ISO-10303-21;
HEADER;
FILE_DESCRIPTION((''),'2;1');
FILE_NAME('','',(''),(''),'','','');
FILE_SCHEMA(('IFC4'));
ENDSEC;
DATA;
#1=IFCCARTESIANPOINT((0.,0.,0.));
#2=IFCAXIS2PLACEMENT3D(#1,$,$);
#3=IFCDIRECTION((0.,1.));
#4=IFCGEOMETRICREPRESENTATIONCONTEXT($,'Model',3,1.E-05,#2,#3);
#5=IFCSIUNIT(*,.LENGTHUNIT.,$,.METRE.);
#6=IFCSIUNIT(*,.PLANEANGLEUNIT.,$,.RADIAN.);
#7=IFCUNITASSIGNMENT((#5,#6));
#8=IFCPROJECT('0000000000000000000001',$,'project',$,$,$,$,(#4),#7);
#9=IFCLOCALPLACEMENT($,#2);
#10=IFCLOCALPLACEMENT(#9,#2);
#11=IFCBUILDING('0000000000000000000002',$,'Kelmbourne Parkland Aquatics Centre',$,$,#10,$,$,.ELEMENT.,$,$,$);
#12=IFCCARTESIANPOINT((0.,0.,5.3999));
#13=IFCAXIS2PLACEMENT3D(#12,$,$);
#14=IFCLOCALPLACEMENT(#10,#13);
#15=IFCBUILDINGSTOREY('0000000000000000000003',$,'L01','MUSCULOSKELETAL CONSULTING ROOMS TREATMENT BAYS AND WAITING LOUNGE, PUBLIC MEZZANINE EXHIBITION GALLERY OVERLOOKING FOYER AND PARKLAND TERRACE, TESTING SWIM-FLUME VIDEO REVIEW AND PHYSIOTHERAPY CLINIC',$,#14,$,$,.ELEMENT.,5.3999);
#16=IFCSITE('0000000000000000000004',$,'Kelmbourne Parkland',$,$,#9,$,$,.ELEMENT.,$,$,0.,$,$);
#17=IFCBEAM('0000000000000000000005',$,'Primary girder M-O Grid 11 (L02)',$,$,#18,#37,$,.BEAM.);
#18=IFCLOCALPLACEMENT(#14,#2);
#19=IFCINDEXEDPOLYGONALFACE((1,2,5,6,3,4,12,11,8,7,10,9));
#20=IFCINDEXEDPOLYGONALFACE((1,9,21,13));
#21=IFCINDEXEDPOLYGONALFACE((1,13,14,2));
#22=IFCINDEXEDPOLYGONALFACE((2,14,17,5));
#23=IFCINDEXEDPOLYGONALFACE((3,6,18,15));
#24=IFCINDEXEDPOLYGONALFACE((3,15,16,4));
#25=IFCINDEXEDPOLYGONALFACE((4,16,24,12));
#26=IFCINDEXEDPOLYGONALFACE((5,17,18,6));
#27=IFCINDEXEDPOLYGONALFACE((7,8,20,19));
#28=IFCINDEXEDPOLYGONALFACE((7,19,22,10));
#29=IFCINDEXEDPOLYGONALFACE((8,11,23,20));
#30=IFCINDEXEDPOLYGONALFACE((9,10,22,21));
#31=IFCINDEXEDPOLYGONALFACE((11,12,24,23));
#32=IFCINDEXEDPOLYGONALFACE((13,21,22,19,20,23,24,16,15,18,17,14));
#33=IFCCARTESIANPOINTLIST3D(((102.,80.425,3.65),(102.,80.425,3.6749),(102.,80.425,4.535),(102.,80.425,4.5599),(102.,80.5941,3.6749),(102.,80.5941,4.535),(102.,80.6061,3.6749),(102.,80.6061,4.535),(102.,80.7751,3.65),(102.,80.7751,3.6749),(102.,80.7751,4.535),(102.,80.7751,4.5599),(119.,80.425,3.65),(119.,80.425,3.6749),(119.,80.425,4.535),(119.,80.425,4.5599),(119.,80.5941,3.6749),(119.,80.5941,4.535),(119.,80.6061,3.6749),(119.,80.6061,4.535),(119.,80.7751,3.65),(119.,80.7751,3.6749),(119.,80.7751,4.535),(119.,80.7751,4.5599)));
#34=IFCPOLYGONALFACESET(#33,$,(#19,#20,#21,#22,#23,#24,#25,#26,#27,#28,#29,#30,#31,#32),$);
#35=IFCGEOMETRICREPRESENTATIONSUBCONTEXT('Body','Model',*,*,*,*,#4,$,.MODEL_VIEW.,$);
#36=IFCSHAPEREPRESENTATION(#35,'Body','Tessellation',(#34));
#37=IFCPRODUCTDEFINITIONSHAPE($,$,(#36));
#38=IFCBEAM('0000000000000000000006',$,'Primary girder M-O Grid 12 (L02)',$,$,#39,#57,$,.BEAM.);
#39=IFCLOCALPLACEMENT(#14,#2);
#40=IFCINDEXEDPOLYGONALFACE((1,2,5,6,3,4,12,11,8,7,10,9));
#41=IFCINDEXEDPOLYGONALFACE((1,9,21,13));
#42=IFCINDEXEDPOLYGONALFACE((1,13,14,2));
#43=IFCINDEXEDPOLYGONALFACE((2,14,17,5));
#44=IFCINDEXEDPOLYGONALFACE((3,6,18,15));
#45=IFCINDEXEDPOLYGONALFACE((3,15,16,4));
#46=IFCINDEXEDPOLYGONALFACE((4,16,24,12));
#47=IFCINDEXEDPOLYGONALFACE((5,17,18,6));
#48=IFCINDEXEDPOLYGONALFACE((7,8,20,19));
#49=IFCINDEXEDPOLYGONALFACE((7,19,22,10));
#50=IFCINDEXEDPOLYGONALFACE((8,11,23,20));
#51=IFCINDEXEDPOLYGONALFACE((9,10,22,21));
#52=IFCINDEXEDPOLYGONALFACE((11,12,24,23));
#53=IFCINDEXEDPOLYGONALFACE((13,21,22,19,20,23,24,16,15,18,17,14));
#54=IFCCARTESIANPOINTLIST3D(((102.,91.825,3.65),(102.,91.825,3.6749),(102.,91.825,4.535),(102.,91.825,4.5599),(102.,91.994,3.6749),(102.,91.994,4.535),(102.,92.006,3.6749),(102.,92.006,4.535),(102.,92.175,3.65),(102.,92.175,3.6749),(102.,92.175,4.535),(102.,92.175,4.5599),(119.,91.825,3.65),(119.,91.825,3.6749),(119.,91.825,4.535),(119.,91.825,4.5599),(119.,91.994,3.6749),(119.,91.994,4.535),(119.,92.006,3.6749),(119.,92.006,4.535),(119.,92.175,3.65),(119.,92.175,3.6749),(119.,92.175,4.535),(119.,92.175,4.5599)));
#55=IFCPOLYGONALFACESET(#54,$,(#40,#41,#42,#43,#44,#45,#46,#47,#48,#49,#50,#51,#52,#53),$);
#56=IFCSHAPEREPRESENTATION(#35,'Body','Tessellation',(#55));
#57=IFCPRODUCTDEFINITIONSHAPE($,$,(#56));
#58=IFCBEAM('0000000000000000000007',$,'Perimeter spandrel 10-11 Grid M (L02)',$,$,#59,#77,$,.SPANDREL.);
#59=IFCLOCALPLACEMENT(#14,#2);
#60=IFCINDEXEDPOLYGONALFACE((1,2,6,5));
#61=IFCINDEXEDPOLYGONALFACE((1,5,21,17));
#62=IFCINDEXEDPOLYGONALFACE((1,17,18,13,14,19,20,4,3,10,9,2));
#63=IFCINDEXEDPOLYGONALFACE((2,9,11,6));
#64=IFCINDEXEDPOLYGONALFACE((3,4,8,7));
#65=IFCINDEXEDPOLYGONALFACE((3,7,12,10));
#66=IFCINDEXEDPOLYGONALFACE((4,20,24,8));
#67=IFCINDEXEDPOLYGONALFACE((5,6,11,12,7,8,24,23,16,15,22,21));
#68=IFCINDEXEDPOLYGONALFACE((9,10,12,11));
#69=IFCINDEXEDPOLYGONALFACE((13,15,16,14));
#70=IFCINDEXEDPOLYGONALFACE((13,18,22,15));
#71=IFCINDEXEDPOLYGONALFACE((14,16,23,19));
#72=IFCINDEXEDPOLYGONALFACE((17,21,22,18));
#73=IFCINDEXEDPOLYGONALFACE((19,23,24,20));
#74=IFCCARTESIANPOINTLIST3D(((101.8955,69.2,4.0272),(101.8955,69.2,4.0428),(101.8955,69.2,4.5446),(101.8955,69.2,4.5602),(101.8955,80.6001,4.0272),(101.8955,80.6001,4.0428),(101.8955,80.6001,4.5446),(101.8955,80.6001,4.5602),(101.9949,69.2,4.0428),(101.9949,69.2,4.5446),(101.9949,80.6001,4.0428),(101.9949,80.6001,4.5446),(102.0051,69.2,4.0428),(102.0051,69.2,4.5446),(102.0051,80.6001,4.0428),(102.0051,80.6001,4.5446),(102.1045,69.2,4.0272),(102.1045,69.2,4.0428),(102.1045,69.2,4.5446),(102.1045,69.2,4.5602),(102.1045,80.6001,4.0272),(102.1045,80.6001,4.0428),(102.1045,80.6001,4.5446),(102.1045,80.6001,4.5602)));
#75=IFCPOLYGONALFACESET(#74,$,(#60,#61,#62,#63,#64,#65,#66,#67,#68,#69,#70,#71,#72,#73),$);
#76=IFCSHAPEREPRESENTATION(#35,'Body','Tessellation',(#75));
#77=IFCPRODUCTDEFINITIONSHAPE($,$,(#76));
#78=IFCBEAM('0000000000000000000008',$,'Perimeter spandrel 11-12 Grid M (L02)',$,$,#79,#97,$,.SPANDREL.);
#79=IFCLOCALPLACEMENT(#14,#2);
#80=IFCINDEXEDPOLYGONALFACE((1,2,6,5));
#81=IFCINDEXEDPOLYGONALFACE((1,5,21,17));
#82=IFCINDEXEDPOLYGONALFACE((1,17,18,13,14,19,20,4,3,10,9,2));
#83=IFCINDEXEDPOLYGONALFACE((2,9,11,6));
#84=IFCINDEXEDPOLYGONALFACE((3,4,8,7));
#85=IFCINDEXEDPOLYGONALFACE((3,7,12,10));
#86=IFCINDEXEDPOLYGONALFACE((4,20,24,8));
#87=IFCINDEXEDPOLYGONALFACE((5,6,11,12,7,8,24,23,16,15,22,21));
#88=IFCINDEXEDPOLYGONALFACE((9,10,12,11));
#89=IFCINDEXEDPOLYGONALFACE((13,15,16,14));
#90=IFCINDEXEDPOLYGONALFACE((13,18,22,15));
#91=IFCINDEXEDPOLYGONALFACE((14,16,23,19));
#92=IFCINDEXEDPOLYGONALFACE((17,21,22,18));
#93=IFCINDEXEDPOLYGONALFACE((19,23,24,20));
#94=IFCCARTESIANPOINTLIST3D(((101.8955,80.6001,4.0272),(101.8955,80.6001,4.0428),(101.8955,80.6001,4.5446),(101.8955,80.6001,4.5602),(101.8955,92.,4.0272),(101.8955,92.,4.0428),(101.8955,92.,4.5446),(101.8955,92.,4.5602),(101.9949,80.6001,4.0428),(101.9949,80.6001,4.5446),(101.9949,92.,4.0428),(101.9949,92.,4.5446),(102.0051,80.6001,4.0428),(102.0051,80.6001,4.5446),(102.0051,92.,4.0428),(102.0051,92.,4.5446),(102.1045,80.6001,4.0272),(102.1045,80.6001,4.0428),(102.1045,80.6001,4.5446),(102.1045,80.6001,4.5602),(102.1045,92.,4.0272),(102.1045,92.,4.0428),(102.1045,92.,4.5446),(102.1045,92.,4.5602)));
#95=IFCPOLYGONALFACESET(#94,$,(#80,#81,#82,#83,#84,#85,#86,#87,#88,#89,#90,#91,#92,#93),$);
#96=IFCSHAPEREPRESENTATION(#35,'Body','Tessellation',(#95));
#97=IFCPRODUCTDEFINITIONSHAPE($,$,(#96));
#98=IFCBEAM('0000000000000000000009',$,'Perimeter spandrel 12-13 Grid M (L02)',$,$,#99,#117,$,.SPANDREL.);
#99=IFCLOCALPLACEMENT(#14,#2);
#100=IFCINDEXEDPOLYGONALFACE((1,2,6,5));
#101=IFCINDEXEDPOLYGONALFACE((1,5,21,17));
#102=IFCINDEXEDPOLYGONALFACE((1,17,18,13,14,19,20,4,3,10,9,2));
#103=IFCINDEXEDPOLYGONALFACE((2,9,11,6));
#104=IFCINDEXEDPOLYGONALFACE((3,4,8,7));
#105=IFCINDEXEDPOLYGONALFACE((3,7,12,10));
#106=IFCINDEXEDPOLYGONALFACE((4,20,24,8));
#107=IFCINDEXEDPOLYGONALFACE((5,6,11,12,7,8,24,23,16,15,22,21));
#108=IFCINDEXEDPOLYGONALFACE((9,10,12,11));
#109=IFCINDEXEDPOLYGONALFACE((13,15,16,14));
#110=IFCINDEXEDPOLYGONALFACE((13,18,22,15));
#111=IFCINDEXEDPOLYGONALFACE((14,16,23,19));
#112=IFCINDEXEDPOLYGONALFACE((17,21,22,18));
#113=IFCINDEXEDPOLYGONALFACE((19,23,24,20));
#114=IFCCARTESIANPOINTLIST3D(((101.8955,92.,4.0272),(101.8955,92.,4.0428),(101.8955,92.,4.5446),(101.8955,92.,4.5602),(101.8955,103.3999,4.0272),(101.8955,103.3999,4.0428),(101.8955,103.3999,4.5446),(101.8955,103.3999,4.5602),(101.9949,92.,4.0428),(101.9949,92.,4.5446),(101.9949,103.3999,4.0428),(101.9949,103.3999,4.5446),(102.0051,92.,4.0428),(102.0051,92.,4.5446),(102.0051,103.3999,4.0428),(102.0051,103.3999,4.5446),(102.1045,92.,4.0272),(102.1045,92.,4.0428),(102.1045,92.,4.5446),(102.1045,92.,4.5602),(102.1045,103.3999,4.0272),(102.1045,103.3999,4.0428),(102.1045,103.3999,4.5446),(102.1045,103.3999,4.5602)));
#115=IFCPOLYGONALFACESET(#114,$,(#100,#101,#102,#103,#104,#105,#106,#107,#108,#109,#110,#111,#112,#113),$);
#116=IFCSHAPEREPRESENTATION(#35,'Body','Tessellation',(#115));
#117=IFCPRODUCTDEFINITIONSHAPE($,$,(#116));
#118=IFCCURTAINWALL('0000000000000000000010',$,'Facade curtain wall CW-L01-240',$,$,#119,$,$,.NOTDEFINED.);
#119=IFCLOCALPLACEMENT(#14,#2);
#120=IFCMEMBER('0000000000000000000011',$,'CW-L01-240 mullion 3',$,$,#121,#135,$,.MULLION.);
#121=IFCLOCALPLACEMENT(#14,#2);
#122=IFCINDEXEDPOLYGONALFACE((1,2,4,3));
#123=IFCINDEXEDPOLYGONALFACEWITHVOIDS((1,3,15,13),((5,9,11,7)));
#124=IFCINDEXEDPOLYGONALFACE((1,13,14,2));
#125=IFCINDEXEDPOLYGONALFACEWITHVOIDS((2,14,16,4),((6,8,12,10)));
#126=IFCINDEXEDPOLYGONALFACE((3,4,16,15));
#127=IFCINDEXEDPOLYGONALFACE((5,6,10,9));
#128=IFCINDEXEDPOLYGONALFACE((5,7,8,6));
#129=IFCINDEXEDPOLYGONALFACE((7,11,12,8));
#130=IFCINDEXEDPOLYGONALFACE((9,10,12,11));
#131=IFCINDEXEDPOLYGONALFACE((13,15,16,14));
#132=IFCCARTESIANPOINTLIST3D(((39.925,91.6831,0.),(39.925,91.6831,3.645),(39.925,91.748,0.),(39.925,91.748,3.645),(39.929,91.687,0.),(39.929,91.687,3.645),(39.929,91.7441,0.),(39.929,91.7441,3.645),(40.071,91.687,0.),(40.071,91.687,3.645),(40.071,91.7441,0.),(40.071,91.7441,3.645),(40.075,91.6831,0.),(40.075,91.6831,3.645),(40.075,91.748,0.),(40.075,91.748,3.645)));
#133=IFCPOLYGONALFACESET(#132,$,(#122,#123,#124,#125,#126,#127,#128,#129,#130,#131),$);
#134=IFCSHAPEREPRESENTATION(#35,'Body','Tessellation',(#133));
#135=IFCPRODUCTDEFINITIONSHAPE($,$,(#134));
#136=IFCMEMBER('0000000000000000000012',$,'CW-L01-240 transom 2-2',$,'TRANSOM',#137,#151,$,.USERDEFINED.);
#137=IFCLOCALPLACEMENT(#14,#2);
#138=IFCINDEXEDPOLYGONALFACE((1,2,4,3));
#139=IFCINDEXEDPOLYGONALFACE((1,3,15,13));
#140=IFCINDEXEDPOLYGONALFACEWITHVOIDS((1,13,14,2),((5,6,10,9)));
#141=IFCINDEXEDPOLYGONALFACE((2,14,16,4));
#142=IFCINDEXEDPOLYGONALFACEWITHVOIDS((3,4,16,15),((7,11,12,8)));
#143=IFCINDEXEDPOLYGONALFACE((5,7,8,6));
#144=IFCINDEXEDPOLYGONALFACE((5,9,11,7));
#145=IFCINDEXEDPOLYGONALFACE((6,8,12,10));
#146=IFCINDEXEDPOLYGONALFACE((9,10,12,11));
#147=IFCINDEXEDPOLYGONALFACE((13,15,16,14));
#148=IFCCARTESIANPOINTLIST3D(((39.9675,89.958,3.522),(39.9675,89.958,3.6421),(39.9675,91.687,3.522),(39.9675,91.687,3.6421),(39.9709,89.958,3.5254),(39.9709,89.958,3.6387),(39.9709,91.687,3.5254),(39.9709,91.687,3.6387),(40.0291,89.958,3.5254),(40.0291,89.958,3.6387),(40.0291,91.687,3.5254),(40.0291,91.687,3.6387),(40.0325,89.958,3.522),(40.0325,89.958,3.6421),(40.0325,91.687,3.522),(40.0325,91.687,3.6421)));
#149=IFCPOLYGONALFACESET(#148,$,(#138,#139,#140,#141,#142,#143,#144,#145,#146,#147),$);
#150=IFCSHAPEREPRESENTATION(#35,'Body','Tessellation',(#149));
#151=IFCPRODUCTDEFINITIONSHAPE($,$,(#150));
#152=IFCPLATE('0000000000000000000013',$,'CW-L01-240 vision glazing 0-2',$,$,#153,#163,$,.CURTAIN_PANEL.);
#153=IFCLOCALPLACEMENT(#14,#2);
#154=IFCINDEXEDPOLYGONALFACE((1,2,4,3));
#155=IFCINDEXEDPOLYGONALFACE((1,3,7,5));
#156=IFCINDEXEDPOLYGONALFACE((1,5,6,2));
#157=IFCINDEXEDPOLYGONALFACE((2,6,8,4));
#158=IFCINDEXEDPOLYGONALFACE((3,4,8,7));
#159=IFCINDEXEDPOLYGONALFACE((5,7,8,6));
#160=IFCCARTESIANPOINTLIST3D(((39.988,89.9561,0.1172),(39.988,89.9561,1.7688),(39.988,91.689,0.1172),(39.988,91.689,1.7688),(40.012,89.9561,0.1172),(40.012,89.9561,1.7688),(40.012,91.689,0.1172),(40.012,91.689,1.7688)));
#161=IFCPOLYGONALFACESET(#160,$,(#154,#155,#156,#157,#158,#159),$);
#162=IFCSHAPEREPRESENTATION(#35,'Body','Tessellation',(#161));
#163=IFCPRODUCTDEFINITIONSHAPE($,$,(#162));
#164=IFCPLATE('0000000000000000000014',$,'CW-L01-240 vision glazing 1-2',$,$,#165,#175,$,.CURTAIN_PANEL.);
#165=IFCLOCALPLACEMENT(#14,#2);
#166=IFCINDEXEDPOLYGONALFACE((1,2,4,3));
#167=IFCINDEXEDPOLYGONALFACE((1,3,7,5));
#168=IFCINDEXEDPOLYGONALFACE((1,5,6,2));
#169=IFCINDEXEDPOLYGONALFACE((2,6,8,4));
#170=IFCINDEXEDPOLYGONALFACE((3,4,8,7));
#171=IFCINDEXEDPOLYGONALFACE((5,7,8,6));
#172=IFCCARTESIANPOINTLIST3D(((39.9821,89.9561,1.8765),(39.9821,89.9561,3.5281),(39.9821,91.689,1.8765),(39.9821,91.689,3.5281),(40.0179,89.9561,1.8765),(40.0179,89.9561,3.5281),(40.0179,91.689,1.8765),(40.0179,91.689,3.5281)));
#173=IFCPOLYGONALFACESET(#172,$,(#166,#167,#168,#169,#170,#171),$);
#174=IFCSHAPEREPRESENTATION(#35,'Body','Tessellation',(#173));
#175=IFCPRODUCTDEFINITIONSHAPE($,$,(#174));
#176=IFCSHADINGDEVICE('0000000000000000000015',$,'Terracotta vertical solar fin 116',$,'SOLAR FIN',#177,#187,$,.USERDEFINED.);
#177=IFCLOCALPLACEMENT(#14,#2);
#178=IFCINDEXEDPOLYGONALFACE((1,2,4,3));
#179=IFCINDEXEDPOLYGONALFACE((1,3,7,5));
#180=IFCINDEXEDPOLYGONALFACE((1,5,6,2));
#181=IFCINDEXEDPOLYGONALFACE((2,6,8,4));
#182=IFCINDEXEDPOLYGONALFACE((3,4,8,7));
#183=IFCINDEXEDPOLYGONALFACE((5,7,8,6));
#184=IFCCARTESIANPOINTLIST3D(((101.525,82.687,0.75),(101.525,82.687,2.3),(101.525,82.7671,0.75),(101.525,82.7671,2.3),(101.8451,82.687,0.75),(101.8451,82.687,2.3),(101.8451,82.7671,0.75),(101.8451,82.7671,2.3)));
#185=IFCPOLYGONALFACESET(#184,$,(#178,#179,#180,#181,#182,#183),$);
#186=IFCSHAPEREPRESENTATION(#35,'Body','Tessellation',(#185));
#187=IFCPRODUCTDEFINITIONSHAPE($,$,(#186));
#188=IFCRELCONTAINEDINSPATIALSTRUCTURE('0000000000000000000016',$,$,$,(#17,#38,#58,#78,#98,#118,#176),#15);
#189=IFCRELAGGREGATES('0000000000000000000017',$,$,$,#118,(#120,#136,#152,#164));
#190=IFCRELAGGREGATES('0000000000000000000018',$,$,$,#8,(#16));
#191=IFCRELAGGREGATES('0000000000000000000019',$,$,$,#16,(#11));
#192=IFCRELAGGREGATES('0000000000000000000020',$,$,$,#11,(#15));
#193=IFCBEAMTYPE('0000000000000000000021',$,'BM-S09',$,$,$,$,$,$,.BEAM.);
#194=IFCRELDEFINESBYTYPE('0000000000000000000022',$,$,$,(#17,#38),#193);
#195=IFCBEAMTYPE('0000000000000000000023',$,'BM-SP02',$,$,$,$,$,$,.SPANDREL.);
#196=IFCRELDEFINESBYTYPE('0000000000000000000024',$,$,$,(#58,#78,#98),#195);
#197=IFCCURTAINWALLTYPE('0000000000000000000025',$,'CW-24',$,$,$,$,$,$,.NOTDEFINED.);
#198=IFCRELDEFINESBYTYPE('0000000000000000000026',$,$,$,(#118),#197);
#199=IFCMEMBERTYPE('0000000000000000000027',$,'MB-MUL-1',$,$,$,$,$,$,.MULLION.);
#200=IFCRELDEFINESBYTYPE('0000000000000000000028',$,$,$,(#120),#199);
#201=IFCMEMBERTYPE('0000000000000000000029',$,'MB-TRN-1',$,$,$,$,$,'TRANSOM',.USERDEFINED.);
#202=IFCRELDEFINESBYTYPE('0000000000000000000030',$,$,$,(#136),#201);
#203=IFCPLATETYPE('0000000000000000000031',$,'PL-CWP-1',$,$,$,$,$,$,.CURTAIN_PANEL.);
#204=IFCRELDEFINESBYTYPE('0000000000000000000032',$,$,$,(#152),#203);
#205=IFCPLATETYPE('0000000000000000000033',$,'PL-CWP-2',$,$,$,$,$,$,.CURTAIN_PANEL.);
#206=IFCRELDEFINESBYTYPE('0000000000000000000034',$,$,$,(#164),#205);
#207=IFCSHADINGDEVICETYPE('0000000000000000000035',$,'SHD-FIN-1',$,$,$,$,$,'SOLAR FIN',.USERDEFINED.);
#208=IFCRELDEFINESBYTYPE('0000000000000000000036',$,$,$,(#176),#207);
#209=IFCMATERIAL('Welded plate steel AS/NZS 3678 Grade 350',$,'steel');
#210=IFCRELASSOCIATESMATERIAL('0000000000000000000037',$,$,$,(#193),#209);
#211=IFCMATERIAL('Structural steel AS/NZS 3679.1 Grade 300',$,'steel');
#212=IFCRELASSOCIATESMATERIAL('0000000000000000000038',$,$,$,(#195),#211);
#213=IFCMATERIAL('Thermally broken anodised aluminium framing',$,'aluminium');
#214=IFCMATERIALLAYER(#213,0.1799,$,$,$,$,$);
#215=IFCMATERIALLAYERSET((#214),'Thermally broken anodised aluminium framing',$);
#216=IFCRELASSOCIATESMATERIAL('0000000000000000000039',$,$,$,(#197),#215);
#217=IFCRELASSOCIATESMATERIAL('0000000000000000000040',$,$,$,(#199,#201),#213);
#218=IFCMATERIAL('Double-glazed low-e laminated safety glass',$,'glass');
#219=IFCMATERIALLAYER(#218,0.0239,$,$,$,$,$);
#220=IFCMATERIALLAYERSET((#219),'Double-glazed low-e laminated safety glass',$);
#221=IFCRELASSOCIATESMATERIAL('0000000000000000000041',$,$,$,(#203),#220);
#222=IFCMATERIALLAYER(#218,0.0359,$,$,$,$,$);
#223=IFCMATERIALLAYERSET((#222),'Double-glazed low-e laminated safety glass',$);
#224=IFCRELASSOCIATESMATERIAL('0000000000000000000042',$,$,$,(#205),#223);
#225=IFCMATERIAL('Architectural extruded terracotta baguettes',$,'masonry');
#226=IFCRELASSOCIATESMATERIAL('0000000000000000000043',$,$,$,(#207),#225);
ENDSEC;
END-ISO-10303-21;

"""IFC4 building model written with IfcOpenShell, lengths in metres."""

from ifc_helpers import new_model, si_unit, direction, frame, origin, origin_2d, place, context, subcontext, project, spatial, rectangle, hollow_rectangle, i_section, extrude, material, layer, layer_set, material_profile, profile_set, type_object, element, aggregate, save


model = new_model("IFC4")

# Units and contexts
model_context = context("Model", 3, precision=1e-05, world=origin(), true_north=direction((0.0, 1.0)))
body_context = subcontext(model_context, "Body", "Model", "MODEL_VIEW")
ifc_project = project(units=[si_unit("LENGTHUNIT", "METRE"), si_unit("PLANEANGLEUNIT", "RADIAN")], contexts=[model_context])

# Site, building, storey
site_placement = place(None, origin())
site = spatial("IfcSite", under=ifc_project, at=site_placement, Name="Kelmbourne Parkland", CompositionType="ELEMENT", RefElevation=0.0)
building_placement = place(site_placement, origin())
building = spatial("IfcBuilding", under=site, at=building_placement, Name="Kelmbourne Parkland Aquatics Centre", CompositionType="ELEMENT")
storey_placement = place(building_placement, frame((0.0, 0.0, 5.3999)))
storey = spatial("IfcBuildingStorey", under=building, at=storey_placement, Name="L01", Description="MUSCULOSKELETAL CONSULTING ROOMS TREATMENT BAYS AND WAITING LOUNGE, PUBLIC MEZZANINE EXHIBITION GALLERY OVERLOOKING FOYER AND PARKLAND TERRACE, TESTING SWIM-FLUME VIDEO REVIEW AND PHYSIOTHERAPY CLINIC", CompositionType="ELEMENT", Elevation=5.3999)

# Beams
ifc_material_1 = material(Name="Welded plate steel AS/NZS 3678 Grade 350", Category="steel")
ifc_material_profile_1 = material_profile(ifc_material_1, i_section(OverallWidth=0.3501, OverallDepth=0.9099, WebThickness=0.012, FlangeThickness=0.0249, at=origin_2d()), Name="900WB218")
ifc_profile_set_1 = profile_set([ifc_material_profile_1], Name="Welded plate steel AS/NZS 3678 Grade 350")
beam_type_1 = type_object("IfcBeamType", Name="BM-S09", PredefinedType="BEAM", material=ifc_profile_set_1)
for number, where, z_axis, x_axis, name in (
    (1, (102.0, 80.6001, 4.105), (1.0, 0.0, 0.0), (0.0, 1.0, 0.0), "Primary girder M-O Grid 11 (L02)"),
    (2, (102.0, 92.0, 4.105), (1.0, 0.0, 0.0), (0.0, 1.0, 0.0), "Primary girder M-O Grid 12 (L02)"),
):
    element("IfcBeam", number, at=place(storey_placement, frame(where, z_axis=z_axis, x_axis=x_axis)), inside=storey, type_object=beam_type_1, Name=name, PredefinedType="BEAM", context=body_context, shape_type="SweptSolid", body=[
        extrude(i_section(OverallWidth=0.3501, OverallDepth=0.9099, WebThickness=0.012, FlangeThickness=0.0249, at=origin_2d()), origin(), (0.0, 0.0, 1.0), 17.0),
    ])
ifc_material_2 = material(Name="Structural steel AS/NZS 3679.1 Grade 300", Category="steel")
ifc_material_profile_2 = material_profile(ifc_material_2, i_section(OverallWidth=0.209, OverallDepth=0.533, WebThickness=0.0103, FlangeThickness=0.0156, at=origin_2d()), Name="530UB92.4")
ifc_profile_set_2 = profile_set([ifc_material_profile_2], Name="Structural steel AS/NZS 3679.1 Grade 300")
beam_type_2 = type_object("IfcBeamType", Name="BM-SP02", PredefinedType="SPANDREL", material=ifc_profile_set_2)
beam_placement = place(storey_placement, frame((102.0, 69.2, 4.2937), z_axis=(0.0, 1.0, 0.0), x_axis=(-1.0, 0.0, 0.0)))
element("IfcBeam", 3, at=beam_placement, inside=storey, type_object=beam_type_2, Name="Perimeter spandrel 10-11 Grid M (L02)", PredefinedType="SPANDREL", context=body_context, shape_type="SweptSolid", body=[
    extrude(i_section(OverallWidth=0.209, OverallDepth=0.533, WebThickness=0.0103, FlangeThickness=0.0156, at=origin_2d()), origin(), (0.0, 0.0, 1.0), 11.4001),
])
for number, where, z_axis, x_axis, name in (
    (4, (102.0, 80.6001, 4.2937), (0.0, 1.0, 0.0), (-1.0, 0.0, 0.0), "Perimeter spandrel 11-12 Grid M (L02)"),
    (5, (102.0, 92.0, 4.2937), (0.0, 1.0, 0.0), (-1.0, 0.0, 0.0), "Perimeter spandrel 12-13 Grid M (L02)"),
):
    element("IfcBeam", number, at=place(storey_placement, frame(where, z_axis=z_axis, x_axis=x_axis)), inside=storey, type_object=beam_type_2, Name=name, PredefinedType="SPANDREL", context=body_context, shape_type="SweptSolid", body=[
        extrude(i_section(OverallWidth=0.209, OverallDepth=0.533, WebThickness=0.0103, FlangeThickness=0.0156, at=origin_2d()), origin(), (0.0, 0.0, 1.0), 11.3999),
    ])

# Curtain wall, members, plates
ifc_material_3 = material(Name="Thermally broken anodised aluminium framing", Category="aluminium")
ifc_layer_1 = layer(ifc_material_3, 0.1799)
ifc_layer_set_1 = layer_set([ifc_layer_1], Name="Thermally broken anodised aluminium framing")
curtain_wall_type = type_object("IfcCurtainWallType", Name="CW-24", PredefinedType="NOTDEFINED", material=ifc_layer_set_1)
curtain_wall_placement = place(storey_placement, origin())
curtain_wall = element("IfcCurtainWall", 6, at=curtain_wall_placement, inside=storey, type_object=curtain_wall_type, Name="Facade curtain wall CW-L01-240", PredefinedType="NOTDEFINED")
ifc_material_profile_3 = material_profile(ifc_material_3, hollow_rectangle(XDim=0.0649, YDim=0.1499, WallThickness=0.0039, at=origin_2d()), Name="CW-M 65x150")
ifc_profile_set_3 = profile_set([ifc_material_profile_3], Name="Thermally broken anodised aluminium framing")
member_type_1 = type_object("IfcMemberType", Name="MB-MUL-1", PredefinedType="MULLION", material=ifc_profile_set_3)
member_1_placement = place(storey_placement, frame((40.0, 91.7156, 0.0), z_axis=(0.0, 0.0, 1.0), x_axis=(0.0, 1.0, 0.0)))
member_1 = element("IfcMember", 7, at=member_1_placement, type_object=member_type_1, Name="CW-L01-240 mullion 3", PredefinedType="MULLION", context=body_context, shape_type="SweptSolid", body=[
    extrude(hollow_rectangle(XDim=0.0649, YDim=0.1499, WallThickness=0.0039, at=origin_2d()), origin(), (0.0, 0.0, 1.0), 3.645),
])
ifc_material_profile_4 = material_profile(ifc_material_3, hollow_rectangle(XDim=0.0649, YDim=0.1201, WallThickness=0.0034, at=origin_2d()), Name="CW-T 65x120")
ifc_profile_set_4 = profile_set([ifc_material_profile_4], Name="Thermally broken anodised aluminium framing")
member_type_2 = type_object("IfcMemberType", Name="MB-TRN-1", ElementType="TRANSOM", PredefinedType="USERDEFINED", material=ifc_profile_set_4)
member_2_placement = place(storey_placement, frame((40.0, 89.958, 3.582), z_axis=(0.0, 1.0, 0.0), x_axis=(-1.0, 0.0, 0.0)))
member_2 = element("IfcMember", 8, at=member_2_placement, type_object=member_type_2, Name="CW-L01-240 transom 2-2", ObjectType="TRANSOM", PredefinedType="USERDEFINED", context=body_context, shape_type="SweptSolid", body=[
    extrude(hollow_rectangle(XDim=0.0649, YDim=0.1201, WallThickness=0.0034, at=origin_2d()), origin(), (0.0, 0.0, 1.0), 1.729),
])
ifc_material_4 = material(Name="Double-glazed low-e laminated safety glass", Category="glass")
ifc_layer_2 = layer(ifc_material_4, 0.0239)
ifc_layer_set_2 = layer_set([ifc_layer_2], Name="Double-glazed low-e laminated safety glass")
plate_type_1 = type_object("IfcPlateType", Name="PL-CWP-1", PredefinedType="CURTAIN_PANEL", material=ifc_layer_set_2)
plate_1_placement = place(storey_placement, frame((40.0, 90.8225, 0.1172), z_axis=(0.0, 0.0, 1.0), x_axis=(0.0, 1.0, 0.0)))
plate_1 = element("IfcPlate", 9, at=plate_1_placement, type_object=plate_type_1, Name="CW-L01-240 vision glazing 0-2", PredefinedType="CURTAIN_PANEL", context=body_context, shape_type="SweptSolid", body=[
    extrude(rectangle(XDim=1.7329, YDim=0.0239, at=origin_2d()), origin(), (0.0, 0.0, 1.0), 1.6516),
])
ifc_layer_3 = layer(ifc_material_4, 0.0359)
ifc_layer_set_3 = layer_set([ifc_layer_3], Name="Double-glazed low-e laminated safety glass")
plate_type_2 = type_object("IfcPlateType", Name="PL-CWP-2", PredefinedType="CURTAIN_PANEL", material=ifc_layer_set_3)
plate_2_placement = place(storey_placement, frame((40.0, 90.8225, 1.8765), z_axis=(0.0, 0.0, 1.0), x_axis=(0.0, 1.0, 0.0)))
plate_2 = element("IfcPlate", 10, at=plate_2_placement, type_object=plate_type_2, Name="CW-L01-240 vision glazing 1-2", PredefinedType="CURTAIN_PANEL", context=body_context, shape_type="SweptSolid", body=[
    extrude(rectangle(XDim=1.7329, YDim=0.0359, at=origin_2d()), origin(), (0.0, 0.0, 1.0), 1.6516),
])
aggregate(curtain_wall, [member_1, member_2, plate_1, plate_2])

# Shading device
ifc_material_5 = material(Name="Architectural extruded terracotta baguettes", Category="masonry")
shading_device_type = type_object("IfcShadingDeviceType", Name="SHD-FIN-1", ElementType="SOLAR FIN", PredefinedType="USERDEFINED", material=ifc_material_5)
for number, where, z_axis, x_axis, name in (
    (11, (101.6851, 82.7271, 0.75), (0.0, 0.0, 1.0), (0.0, 1.0, 0.0), "Terracotta vertical solar fin 116"),
):
    element("IfcShadingDevice", number, at=place(storey_placement, frame(where, z_axis=z_axis, x_axis=x_axis)), inside=storey, type_object=shading_device_type, Name=name, ObjectType="SOLAR FIN", PredefinedType="USERDEFINED", context=body_context, shape_type="SweptSolid", body=[
        extrude(rectangle(XDim=0.0801, YDim=0.3201, at=origin_2d()), origin(), (0.0, 0.0, 1.0), 1.55),
    ])

save(model, "model.ifc")
